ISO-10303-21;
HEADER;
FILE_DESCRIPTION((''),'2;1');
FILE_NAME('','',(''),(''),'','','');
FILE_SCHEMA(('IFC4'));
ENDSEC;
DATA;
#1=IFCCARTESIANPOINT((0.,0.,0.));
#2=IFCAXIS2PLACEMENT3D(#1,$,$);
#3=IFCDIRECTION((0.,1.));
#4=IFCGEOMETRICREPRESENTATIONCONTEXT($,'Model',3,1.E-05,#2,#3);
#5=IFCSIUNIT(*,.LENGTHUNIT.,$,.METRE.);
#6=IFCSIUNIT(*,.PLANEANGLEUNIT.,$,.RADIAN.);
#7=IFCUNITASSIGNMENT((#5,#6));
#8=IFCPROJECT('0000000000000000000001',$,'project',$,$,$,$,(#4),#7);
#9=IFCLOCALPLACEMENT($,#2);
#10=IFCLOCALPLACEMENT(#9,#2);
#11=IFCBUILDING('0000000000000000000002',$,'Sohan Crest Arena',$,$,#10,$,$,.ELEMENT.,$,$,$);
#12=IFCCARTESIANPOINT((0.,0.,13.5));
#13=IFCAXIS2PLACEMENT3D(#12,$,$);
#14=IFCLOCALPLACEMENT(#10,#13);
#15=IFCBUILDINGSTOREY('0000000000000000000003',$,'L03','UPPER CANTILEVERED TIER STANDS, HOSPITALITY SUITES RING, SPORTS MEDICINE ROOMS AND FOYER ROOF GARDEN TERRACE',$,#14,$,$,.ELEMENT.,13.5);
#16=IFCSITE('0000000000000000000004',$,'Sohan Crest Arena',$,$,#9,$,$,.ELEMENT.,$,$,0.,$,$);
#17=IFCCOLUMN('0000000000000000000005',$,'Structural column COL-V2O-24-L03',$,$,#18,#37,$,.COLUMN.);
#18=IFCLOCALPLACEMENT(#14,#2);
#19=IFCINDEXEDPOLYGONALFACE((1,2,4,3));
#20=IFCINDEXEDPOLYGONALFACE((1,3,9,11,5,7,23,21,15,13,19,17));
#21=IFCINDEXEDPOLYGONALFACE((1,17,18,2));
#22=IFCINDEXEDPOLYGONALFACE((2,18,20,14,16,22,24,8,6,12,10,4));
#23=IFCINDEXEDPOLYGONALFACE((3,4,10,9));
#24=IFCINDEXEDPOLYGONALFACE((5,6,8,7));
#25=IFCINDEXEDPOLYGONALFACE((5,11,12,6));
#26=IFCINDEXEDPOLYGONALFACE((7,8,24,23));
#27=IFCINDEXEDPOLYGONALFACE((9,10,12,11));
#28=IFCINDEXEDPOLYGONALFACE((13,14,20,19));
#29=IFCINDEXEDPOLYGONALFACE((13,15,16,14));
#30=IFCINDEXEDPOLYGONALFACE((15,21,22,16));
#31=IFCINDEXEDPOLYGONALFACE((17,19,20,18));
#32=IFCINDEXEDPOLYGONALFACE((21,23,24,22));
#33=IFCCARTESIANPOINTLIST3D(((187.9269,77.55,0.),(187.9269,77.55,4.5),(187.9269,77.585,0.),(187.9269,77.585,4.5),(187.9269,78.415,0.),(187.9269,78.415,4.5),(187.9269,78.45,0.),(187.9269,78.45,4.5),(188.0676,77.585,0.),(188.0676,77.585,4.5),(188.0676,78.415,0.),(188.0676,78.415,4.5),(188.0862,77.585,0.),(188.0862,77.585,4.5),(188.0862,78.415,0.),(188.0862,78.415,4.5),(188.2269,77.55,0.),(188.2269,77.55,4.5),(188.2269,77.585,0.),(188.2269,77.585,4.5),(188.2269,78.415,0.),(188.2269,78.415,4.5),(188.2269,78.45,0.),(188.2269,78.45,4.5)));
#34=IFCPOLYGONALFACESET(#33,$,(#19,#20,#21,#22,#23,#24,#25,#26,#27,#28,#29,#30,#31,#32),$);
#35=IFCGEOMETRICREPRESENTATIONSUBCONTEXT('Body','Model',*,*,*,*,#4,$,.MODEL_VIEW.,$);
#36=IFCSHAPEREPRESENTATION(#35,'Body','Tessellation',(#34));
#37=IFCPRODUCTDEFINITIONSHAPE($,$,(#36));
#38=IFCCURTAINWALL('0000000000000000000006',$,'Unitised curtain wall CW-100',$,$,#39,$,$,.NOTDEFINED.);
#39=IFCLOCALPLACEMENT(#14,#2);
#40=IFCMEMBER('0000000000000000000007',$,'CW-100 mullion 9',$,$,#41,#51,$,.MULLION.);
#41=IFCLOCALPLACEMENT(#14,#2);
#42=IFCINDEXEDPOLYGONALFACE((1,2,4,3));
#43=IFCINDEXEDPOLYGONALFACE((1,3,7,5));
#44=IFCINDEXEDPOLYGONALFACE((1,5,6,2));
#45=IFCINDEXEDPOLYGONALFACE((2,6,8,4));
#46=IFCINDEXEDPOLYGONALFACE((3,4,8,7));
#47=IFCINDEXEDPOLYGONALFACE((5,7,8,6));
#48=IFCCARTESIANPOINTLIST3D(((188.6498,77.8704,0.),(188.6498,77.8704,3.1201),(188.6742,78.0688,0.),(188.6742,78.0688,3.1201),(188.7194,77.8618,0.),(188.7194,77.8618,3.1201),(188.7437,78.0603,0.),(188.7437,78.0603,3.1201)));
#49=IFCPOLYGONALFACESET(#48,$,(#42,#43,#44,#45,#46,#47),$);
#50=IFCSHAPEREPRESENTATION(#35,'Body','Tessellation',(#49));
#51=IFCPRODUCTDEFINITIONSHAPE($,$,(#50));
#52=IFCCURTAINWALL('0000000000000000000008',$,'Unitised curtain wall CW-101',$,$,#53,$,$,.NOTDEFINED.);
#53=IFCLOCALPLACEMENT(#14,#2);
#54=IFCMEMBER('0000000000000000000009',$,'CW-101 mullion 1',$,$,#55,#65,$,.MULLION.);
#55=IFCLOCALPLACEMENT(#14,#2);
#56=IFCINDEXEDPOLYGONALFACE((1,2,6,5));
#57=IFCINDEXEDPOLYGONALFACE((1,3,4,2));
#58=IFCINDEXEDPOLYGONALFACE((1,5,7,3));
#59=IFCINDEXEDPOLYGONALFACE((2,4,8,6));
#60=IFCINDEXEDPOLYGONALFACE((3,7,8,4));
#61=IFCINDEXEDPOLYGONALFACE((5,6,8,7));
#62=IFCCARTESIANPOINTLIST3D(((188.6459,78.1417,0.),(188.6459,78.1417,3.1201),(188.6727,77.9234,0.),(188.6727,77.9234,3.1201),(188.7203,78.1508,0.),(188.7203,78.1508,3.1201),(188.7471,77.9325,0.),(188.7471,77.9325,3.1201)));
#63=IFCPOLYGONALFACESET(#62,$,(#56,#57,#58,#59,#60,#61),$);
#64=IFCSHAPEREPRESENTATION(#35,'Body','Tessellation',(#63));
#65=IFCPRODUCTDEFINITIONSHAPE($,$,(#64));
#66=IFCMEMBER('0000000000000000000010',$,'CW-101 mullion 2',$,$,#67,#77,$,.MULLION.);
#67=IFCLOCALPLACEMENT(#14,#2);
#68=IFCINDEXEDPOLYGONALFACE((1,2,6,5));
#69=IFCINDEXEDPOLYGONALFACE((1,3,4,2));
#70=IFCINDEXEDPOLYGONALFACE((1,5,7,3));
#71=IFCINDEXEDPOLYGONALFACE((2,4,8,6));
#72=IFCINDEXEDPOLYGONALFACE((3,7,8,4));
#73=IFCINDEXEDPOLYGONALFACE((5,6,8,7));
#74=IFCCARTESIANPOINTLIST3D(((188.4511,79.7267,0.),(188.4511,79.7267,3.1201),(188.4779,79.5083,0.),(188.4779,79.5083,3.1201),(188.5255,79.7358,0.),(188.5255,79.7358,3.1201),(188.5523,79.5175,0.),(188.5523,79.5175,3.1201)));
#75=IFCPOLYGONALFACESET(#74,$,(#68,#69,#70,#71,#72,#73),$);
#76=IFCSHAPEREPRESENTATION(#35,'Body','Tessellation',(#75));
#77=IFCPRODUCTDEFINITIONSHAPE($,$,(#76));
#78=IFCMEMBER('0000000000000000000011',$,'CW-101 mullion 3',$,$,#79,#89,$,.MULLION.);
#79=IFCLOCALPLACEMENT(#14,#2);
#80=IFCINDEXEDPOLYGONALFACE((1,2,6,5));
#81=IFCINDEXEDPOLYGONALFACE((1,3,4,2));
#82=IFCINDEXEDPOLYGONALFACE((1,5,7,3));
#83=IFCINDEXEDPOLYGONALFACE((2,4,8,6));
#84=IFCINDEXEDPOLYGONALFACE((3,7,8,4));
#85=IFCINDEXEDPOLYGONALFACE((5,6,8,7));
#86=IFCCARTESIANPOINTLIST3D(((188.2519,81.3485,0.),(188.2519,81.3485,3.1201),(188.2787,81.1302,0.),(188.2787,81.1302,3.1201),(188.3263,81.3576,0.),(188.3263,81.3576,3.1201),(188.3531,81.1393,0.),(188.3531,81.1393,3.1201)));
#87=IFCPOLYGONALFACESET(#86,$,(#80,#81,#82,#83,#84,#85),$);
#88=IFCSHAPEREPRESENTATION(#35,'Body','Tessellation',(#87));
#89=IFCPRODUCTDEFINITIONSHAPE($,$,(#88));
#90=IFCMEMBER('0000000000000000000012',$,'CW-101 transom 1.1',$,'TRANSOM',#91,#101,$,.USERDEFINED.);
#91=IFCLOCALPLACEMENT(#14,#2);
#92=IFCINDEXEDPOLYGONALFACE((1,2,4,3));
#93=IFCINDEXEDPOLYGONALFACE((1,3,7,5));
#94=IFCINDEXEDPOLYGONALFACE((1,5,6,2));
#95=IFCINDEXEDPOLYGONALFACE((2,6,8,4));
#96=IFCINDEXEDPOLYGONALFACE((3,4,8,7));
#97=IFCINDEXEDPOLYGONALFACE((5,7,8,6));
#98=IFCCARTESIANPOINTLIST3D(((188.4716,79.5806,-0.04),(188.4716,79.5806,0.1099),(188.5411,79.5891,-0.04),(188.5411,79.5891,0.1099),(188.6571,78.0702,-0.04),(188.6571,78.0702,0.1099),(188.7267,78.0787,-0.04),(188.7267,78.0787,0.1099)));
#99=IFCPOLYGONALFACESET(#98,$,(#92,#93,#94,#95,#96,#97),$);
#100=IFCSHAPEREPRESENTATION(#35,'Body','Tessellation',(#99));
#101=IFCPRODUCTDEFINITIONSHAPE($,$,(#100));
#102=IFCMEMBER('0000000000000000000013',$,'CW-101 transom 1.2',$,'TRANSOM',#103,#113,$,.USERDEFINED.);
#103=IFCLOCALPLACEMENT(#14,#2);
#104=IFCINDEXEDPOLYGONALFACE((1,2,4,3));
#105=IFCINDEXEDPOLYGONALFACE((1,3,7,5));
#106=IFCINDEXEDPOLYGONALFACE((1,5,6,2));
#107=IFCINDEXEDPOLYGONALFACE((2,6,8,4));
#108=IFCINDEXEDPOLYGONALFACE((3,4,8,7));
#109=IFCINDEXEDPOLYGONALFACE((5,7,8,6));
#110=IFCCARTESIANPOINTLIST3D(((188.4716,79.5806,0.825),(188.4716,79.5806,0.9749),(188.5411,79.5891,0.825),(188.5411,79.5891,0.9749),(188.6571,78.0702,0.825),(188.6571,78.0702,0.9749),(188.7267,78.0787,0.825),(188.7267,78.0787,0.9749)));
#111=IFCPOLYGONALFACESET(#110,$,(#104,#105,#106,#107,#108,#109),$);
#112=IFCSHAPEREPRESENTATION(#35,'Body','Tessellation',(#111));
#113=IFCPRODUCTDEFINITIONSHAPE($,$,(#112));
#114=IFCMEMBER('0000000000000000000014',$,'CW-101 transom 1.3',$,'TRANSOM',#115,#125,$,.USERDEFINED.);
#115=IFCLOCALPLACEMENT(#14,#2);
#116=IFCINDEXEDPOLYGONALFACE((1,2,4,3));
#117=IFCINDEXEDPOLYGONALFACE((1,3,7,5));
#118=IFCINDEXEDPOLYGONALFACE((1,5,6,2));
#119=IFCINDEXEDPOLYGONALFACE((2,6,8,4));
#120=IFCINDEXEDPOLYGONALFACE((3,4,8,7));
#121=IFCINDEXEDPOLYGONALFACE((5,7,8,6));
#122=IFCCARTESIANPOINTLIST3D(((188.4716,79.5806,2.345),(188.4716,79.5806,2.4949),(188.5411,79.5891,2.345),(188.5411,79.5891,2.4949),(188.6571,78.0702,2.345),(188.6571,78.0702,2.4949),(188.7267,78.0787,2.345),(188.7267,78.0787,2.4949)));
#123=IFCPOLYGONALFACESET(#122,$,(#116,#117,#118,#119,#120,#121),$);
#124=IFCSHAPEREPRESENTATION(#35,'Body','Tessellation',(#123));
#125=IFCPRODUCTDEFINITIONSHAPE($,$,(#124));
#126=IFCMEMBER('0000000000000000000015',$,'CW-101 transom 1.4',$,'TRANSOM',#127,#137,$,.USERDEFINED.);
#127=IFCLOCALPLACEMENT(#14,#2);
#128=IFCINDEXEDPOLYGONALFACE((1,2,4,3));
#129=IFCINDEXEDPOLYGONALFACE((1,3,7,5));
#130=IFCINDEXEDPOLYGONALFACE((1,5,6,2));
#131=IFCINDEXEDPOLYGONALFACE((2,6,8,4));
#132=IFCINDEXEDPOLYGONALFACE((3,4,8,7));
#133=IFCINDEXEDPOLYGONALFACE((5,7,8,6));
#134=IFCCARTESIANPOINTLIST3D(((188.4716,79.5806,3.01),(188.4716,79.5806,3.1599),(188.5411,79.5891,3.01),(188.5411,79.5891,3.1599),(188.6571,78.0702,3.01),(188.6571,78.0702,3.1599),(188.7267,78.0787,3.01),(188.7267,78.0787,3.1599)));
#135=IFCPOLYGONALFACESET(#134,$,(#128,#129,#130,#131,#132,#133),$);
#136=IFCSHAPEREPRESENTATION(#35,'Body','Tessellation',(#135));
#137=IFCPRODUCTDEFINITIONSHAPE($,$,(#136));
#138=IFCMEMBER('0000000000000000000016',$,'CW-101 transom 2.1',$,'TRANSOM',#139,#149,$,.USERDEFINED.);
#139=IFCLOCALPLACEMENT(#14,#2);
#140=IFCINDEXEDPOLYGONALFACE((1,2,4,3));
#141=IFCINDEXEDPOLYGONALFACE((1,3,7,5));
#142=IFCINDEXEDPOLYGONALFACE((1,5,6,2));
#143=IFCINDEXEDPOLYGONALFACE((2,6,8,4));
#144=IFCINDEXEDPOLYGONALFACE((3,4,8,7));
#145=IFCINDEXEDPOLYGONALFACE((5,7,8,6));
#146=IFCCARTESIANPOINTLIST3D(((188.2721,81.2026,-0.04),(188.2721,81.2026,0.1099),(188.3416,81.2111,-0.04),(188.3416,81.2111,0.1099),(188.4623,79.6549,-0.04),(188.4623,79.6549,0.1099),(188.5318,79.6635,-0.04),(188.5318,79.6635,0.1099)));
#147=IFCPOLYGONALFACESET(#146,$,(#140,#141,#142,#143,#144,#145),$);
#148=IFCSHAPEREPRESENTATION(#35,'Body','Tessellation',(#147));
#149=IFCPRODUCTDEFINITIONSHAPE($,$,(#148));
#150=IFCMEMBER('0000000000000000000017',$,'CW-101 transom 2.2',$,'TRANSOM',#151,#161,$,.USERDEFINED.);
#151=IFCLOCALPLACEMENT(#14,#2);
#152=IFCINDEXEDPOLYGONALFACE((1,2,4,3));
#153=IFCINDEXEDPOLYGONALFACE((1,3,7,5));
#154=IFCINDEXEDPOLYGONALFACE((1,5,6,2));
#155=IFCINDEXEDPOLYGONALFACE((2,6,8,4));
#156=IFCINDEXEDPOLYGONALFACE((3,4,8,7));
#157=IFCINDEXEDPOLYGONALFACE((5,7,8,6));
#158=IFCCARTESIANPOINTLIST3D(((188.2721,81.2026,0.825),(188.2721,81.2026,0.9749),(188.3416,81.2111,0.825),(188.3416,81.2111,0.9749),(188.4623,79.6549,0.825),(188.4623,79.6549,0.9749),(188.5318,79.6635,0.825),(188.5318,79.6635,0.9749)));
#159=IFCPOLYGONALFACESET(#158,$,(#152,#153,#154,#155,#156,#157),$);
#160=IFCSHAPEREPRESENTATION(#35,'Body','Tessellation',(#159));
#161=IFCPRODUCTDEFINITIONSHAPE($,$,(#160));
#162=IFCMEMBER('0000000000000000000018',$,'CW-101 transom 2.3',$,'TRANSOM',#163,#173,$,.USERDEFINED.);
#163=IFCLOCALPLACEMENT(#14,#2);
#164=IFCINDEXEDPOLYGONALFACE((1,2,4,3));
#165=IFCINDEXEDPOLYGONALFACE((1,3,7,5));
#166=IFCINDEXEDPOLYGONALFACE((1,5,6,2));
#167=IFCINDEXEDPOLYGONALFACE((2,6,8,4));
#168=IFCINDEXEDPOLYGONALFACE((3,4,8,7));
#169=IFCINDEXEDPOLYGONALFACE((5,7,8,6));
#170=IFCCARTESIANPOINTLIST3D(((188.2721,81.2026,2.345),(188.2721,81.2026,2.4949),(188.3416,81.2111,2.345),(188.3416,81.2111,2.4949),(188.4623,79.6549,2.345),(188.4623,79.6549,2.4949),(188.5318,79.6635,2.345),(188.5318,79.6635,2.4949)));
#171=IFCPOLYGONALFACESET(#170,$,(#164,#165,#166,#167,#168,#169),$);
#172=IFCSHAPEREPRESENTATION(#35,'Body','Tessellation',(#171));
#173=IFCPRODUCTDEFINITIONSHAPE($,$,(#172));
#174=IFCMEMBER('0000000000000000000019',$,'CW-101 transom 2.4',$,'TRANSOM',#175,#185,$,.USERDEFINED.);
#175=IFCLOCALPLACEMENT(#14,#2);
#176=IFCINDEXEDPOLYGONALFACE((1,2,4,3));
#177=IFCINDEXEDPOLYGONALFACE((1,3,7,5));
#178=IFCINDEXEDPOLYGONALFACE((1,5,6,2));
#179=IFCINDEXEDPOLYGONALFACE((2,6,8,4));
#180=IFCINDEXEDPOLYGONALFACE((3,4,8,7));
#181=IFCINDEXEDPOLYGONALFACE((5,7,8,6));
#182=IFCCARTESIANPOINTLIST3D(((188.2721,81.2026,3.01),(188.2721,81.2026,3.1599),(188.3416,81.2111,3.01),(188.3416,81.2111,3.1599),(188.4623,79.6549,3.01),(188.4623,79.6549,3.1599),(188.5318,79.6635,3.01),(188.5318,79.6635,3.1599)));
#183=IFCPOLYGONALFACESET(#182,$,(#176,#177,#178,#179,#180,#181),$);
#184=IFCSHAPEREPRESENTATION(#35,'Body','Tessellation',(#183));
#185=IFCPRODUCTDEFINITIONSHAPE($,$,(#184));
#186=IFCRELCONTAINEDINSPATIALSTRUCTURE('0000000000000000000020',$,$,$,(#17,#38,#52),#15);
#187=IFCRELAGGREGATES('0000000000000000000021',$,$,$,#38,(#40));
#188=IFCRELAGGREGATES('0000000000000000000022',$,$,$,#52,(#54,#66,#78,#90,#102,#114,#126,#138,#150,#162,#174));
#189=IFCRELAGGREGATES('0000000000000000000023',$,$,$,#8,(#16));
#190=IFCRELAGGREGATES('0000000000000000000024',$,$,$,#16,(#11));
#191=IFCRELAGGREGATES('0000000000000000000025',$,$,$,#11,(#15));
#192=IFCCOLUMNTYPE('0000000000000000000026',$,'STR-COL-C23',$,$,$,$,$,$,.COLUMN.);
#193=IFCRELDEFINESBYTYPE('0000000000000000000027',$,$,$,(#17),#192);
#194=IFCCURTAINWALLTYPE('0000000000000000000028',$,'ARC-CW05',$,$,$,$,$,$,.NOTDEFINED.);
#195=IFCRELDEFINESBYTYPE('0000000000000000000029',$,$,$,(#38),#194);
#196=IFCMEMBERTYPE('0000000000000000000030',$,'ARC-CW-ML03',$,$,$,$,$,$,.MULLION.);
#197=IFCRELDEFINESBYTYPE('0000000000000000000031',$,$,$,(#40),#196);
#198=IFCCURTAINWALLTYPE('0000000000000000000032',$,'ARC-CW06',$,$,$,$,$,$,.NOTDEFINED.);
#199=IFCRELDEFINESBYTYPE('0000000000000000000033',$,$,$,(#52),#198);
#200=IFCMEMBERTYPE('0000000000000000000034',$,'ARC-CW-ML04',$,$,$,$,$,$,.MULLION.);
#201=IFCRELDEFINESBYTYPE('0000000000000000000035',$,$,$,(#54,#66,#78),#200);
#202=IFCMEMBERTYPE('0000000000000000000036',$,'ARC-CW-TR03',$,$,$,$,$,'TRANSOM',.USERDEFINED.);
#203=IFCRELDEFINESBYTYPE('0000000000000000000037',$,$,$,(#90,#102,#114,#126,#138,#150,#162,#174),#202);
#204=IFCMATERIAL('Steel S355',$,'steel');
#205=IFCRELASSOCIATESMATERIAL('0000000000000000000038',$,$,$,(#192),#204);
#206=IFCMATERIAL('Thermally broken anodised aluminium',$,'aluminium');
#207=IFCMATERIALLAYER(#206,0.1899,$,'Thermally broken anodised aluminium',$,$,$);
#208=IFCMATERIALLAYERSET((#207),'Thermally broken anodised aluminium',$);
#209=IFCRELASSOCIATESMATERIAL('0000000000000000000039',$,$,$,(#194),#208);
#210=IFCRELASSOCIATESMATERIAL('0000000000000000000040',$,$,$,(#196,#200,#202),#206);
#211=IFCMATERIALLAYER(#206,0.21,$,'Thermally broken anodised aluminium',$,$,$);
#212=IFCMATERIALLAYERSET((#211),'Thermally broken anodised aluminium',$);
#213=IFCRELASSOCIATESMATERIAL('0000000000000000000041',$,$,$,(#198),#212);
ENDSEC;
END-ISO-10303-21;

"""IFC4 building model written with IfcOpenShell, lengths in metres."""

from ifc_helpers import new_model, si_unit, direction, frame, origin, origin_2d, place, context, subcontext, project, spatial, rectangle, i_section, extrude, material, layer, layer_set, material_profile, profile_set, type_object, element, aggregate, save


model = new_model("IFC4")

# Units and contexts
model_context = context("Model", 3, precision=1e-05, world=origin(), true_north=direction((0.0, 1.0)))
body_context = subcontext(model_context, "Body", "Model", "MODEL_VIEW")
ifc_project = project(units=[si_unit("LENGTHUNIT", "METRE"), si_unit("PLANEANGLEUNIT", "RADIAN")], contexts=[model_context])

# Site, building, storey
site_placement = place(None, origin())
site = spatial("IfcSite", under=ifc_project, at=site_placement, Name="Sohan Crest Arena", CompositionType="ELEMENT", RefElevation=0.0)
building_placement = place(site_placement, origin())
building = spatial("IfcBuilding", under=site, at=building_placement, Name="Sohan Crest Arena", CompositionType="ELEMENT")
storey_placement = place(building_placement, frame((0.0, 0.0, 13.5)))
storey = spatial("IfcBuildingStorey", under=building, at=storey_placement, Name="L03", Description="UPPER CANTILEVERED TIER STANDS, HOSPITALITY SUITES RING, SPORTS MEDICINE ROOMS AND FOYER ROOF GARDEN TERRACE", CompositionType="ELEMENT", Elevation=13.5)

# Column
ifc_material_1 = material(Name="Steel S355", Category="steel")
ifc_material_profile_1 = material_profile(ifc_material_1, i_section(OverallWidth=0.3, OverallDepth=0.8999, WebThickness=0.0186, FlangeThickness=0.0349, at=origin_2d()), Name="HEB 900")
ifc_profile_set_1 = profile_set([ifc_material_profile_1], Name="Steel S355")
column_type = type_object("IfcColumnType", Name="STR-COL-C23", PredefinedType="COLUMN", material=ifc_profile_set_1)
column_placement = place(storey_placement, frame((188.0769, 78.0, 0.0), z_axis=(0.0, 0.0, 1.0), x_axis=(1.0, 0.0, 0.0)))
element("IfcColumn", 1, at=column_placement, inside=storey, type_object=column_type, Name="Structural column COL-V2O-24-L03", PredefinedType="COLUMN", context=body_context, shape_type="SweptSolid", body=[
    extrude(i_section(OverallWidth=0.3, OverallDepth=0.8999, WebThickness=0.0186, FlangeThickness=0.0349, at=origin_2d()), origin(), (0.0, 0.0, 1.0), 4.5),
])

# Curtain wall, member
ifc_material_2 = material(Name="Thermally broken anodised aluminium", Category="aluminium")
ifc_layer_1 = layer(ifc_material_2, 0.1899, Name="Thermally broken anodised aluminium")
ifc_layer_set_1 = layer_set([ifc_layer_1], Name="Thermally broken anodised aluminium")
curtain_wall_type_1 = type_object("IfcCurtainWallType", Name="ARC-CW05", PredefinedType="NOTDEFINED", material=ifc_layer_set_1)
curtain_wall_1_placement = place(storey_placement, origin())
curtain_wall_1 = element("IfcCurtainWall", 2, at=curtain_wall_1_placement, inside=storey, type_object=curtain_wall_type_1, Name="Unitised curtain wall CW-100", PredefinedType="NOTDEFINED")
ifc_material_profile_2 = material_profile(ifc_material_2, rectangle(XDim=0.0701, YDim=0.2, at=origin_2d()), Name="ALU-MULL 70x200")
ifc_profile_set_2 = profile_set([ifc_material_profile_2], Name="Thermally broken anodised aluminium")
member_type_1 = type_object("IfcMemberType", Name="ARC-CW-ML03", PredefinedType="MULLION", material=ifc_profile_set_2)
member_1_placement = place(storey_placement, frame((188.6968, 77.9653, 0.0), z_axis=(0.0, 0.0, 1.0), x_axis=(-0.992537, 0.121947, 0.0)))
member_1 = element("IfcMember", 3, at=member_1_placement, type_object=member_type_1, Name="CW-100 mullion 9", PredefinedType="MULLION", context=body_context, shape_type="SweptSolid", body=[
    extrude(rectangle(XDim=0.0701, YDim=0.2, at=origin_2d()), origin(), (0.0, 0.0, 1.0), 3.1201),
])

# Curtain wall, members
ifc_layer_2 = layer(ifc_material_2, 0.21, Name="Thermally broken anodised aluminium")
ifc_layer_set_2 = layer_set([ifc_layer_2], Name="Thermally broken anodised aluminium")
curtain_wall_type_2 = type_object("IfcCurtainWallType", Name="ARC-CW06", PredefinedType="NOTDEFINED", material=ifc_layer_set_2)
curtain_wall_2_placement = place(storey_placement, origin())
curtain_wall_2 = element("IfcCurtainWall", 4, at=curtain_wall_2_placement, inside=storey, type_object=curtain_wall_type_2, Name="Unitised curtain wall CW-101", PredefinedType="NOTDEFINED")
ifc_material_profile_3 = material_profile(ifc_material_2, rectangle(XDim=0.075, YDim=0.22, at=origin_2d()), Name="ALU-MULL 75x220")
ifc_profile_set_3 = profile_set([ifc_material_profile_3], Name="Thermally broken anodised aluminium")
member_type_2 = type_object("IfcMemberType", Name="ARC-CW-ML04", PredefinedType="MULLION", material=ifc_profile_set_3)
member_2_placement = place(storey_placement, frame((188.6965, 78.0371, 0.0), z_axis=(0.0, 0.0, 1.0), x_axis=(-0.992537, -0.121947, 0.0)))
member_2 = element("IfcMember", 5, at=member_2_placement, type_object=member_type_2, Name="CW-101 mullion 1", PredefinedType="MULLION", context=body_context, shape_type="SweptSolid", body=[
    extrude(rectangle(XDim=0.075, YDim=0.22, at=origin_2d()), origin(), (0.0, 0.0, 1.0), 3.1201),
])
member_3_placement = place(storey_placement, frame((188.5017, 79.6221, 0.0), z_axis=(0.0, 0.0, 1.0), x_axis=(-0.992537, -0.121947, 0.0)))
member_3 = element("IfcMember", 6, at=member_3_placement, type_object=member_type_2, Name="CW-101 mullion 2", PredefinedType="MULLION", context=body_context, shape_type="SweptSolid", body=[
    extrude(rectangle(XDim=0.075, YDim=0.22, at=origin_2d()), origin(), (0.0, 0.0, 1.0), 3.1201),
])
member_4_placement = place(storey_placement, frame((188.3025, 81.2439, 0.0), z_axis=(0.0, 0.0, 1.0), x_axis=(-0.992537, -0.121947, 0.0)))
member_4 = element("IfcMember", 7, at=member_4_placement, type_object=member_type_2, Name="CW-101 mullion 3", PredefinedType="MULLION", context=body_context, shape_type="SweptSolid", body=[
    extrude(rectangle(XDim=0.075, YDim=0.22, at=origin_2d()), origin(), (0.0, 0.0, 1.0), 3.1201),
])
ifc_material_profile_4 = material_profile(ifc_material_2, rectangle(XDim=0.0701, YDim=0.1499, at=origin_2d()), Name="ALU-TRAN 70x150")
ifc_profile_set_4 = profile_set([ifc_material_profile_4], Name="Thermally broken anodised aluminium")
member_type_3 = type_object("IfcMemberType", Name="ARC-CW-TR03", ElementType="TRANSOM", PredefinedType="USERDEFINED", material=ifc_profile_set_4)
member_5_placement = place(storey_placement, frame((188.6919, 78.0745, 0.0349), z_axis=(-0.121941, 0.992537, 0.0), x_axis=(-0.992537, -0.121941, 0.0)))
member_5 = element("IfcMember", 8, at=member_5_placement, type_object=member_type_3, Name="CW-101 transom 1.1", ObjectType="TRANSOM", PredefinedType="USERDEFINED", context=body_context, shape_type="SweptSolid", body=[
    extrude(rectangle(XDim=0.0701, YDim=0.1499, at=origin_2d()), origin(), (0.0, 0.0, 1.0), 1.5217),
])
member_6_placement = place(storey_placement, frame((188.6919, 78.0745, 0.8999), z_axis=(-0.121941, 0.992537, 0.0), x_axis=(-0.992537, -0.121941, 0.0)))
member_6 = element("IfcMember", 9, at=member_6_placement, type_object=member_type_3, Name="CW-101 transom 1.2", ObjectType="TRANSOM", PredefinedType="USERDEFINED", context=body_context, shape_type="SweptSolid", body=[
    extrude(rectangle(XDim=0.0701, YDim=0.1499, at=origin_2d()), origin(), (0.0, 0.0, 1.0), 1.5217),
])
member_7_placement = place(storey_placement, frame((188.6919, 78.0745, 2.4199), z_axis=(-0.121941, 0.992537, 0.0), x_axis=(-0.992537, -0.121941, 0.0)))
member_7 = element("IfcMember", 10, at=member_7_placement, type_object=member_type_3, Name="CW-101 transom 1.3", ObjectType="TRANSOM", PredefinedType="USERDEFINED", context=body_context, shape_type="SweptSolid", body=[
    extrude(rectangle(XDim=0.0701, YDim=0.1499, at=origin_2d()), origin(), (0.0, 0.0, 1.0), 1.5217),
])
member_8_placement = place(storey_placement, frame((188.6919, 78.0745, 3.085), z_axis=(-0.121941, 0.992537, 0.0), x_axis=(-0.992537, -0.121941, 0.0)))
member_8 = element("IfcMember", 11, at=member_8_placement, type_object=member_type_3, Name="CW-101 transom 1.4", ObjectType="TRANSOM", PredefinedType="USERDEFINED", context=body_context, shape_type="SweptSolid", body=[
    extrude(rectangle(XDim=0.0701, YDim=0.1499, at=origin_2d()), origin(), (0.0, 0.0, 1.0), 1.5217),
])
member_9_placement = place(storey_placement, frame((188.4971, 79.6592, 0.0349), z_axis=(-0.121972, 0.992533, 0.0), x_axis=(-0.992533, -0.121972, 0.0)))
member_9 = element("IfcMember", 12, at=member_9_placement, type_object=member_type_3, Name="CW-101 transom 2.1", ObjectType="TRANSOM", PredefinedType="USERDEFINED", context=body_context, shape_type="SweptSolid", body=[
    extrude(rectangle(XDim=0.0701, YDim=0.1499, at=origin_2d()), origin(), (0.0, 0.0, 1.0), 1.5593),
])
member_10_placement = place(storey_placement, frame((188.4971, 79.6592, 0.8999), z_axis=(-0.121972, 0.992533, 0.0), x_axis=(-0.992533, -0.121972, 0.0)))
member_10 = element("IfcMember", 13, at=member_10_placement, type_object=member_type_3, Name="CW-101 transom 2.2", ObjectType="TRANSOM", PredefinedType="USERDEFINED", context=body_context, shape_type="SweptSolid", body=[
    extrude(rectangle(XDim=0.0701, YDim=0.1499, at=origin_2d()), origin(), (0.0, 0.0, 1.0), 1.5593),
])
member_11_placement = place(storey_placement, frame((188.4971, 79.6592, 2.4199), z_axis=(-0.121972, 0.992533, 0.0), x_axis=(-0.992533, -0.121972, 0.0)))
member_11 = element("IfcMember", 14, at=member_11_placement, type_object=member_type_3, Name="CW-101 transom 2.3", ObjectType="TRANSOM", PredefinedType="USERDEFINED", context=body_context, shape_type="SweptSolid", body=[
    extrude(rectangle(XDim=0.0701, YDim=0.1499, at=origin_2d()), origin(), (0.0, 0.0, 1.0), 1.5593),
])
member_12_placement = place(storey_placement, frame((188.4971, 79.6592, 3.085), z_axis=(-0.121972, 0.992533, 0.0), x_axis=(-0.992533, -0.121972, 0.0)))
member_12 = element("IfcMember", 15, at=member_12_placement, type_object=member_type_3, Name="CW-101 transom 2.4", ObjectType="TRANSOM", PredefinedType="USERDEFINED", context=body_context, shape_type="SweptSolid", body=[
    extrude(rectangle(XDim=0.0701, YDim=0.1499, at=origin_2d()), origin(), (0.0, 0.0, 1.0), 1.5593),
])

aggregate(curtain_wall_1, [member_1])
aggregate(curtain_wall_2, [member_2, member_3, member_4, member_5, member_6, member_7, member_8, member_9, member_10, member_11, member_12])

save(model, "model.ifc")
